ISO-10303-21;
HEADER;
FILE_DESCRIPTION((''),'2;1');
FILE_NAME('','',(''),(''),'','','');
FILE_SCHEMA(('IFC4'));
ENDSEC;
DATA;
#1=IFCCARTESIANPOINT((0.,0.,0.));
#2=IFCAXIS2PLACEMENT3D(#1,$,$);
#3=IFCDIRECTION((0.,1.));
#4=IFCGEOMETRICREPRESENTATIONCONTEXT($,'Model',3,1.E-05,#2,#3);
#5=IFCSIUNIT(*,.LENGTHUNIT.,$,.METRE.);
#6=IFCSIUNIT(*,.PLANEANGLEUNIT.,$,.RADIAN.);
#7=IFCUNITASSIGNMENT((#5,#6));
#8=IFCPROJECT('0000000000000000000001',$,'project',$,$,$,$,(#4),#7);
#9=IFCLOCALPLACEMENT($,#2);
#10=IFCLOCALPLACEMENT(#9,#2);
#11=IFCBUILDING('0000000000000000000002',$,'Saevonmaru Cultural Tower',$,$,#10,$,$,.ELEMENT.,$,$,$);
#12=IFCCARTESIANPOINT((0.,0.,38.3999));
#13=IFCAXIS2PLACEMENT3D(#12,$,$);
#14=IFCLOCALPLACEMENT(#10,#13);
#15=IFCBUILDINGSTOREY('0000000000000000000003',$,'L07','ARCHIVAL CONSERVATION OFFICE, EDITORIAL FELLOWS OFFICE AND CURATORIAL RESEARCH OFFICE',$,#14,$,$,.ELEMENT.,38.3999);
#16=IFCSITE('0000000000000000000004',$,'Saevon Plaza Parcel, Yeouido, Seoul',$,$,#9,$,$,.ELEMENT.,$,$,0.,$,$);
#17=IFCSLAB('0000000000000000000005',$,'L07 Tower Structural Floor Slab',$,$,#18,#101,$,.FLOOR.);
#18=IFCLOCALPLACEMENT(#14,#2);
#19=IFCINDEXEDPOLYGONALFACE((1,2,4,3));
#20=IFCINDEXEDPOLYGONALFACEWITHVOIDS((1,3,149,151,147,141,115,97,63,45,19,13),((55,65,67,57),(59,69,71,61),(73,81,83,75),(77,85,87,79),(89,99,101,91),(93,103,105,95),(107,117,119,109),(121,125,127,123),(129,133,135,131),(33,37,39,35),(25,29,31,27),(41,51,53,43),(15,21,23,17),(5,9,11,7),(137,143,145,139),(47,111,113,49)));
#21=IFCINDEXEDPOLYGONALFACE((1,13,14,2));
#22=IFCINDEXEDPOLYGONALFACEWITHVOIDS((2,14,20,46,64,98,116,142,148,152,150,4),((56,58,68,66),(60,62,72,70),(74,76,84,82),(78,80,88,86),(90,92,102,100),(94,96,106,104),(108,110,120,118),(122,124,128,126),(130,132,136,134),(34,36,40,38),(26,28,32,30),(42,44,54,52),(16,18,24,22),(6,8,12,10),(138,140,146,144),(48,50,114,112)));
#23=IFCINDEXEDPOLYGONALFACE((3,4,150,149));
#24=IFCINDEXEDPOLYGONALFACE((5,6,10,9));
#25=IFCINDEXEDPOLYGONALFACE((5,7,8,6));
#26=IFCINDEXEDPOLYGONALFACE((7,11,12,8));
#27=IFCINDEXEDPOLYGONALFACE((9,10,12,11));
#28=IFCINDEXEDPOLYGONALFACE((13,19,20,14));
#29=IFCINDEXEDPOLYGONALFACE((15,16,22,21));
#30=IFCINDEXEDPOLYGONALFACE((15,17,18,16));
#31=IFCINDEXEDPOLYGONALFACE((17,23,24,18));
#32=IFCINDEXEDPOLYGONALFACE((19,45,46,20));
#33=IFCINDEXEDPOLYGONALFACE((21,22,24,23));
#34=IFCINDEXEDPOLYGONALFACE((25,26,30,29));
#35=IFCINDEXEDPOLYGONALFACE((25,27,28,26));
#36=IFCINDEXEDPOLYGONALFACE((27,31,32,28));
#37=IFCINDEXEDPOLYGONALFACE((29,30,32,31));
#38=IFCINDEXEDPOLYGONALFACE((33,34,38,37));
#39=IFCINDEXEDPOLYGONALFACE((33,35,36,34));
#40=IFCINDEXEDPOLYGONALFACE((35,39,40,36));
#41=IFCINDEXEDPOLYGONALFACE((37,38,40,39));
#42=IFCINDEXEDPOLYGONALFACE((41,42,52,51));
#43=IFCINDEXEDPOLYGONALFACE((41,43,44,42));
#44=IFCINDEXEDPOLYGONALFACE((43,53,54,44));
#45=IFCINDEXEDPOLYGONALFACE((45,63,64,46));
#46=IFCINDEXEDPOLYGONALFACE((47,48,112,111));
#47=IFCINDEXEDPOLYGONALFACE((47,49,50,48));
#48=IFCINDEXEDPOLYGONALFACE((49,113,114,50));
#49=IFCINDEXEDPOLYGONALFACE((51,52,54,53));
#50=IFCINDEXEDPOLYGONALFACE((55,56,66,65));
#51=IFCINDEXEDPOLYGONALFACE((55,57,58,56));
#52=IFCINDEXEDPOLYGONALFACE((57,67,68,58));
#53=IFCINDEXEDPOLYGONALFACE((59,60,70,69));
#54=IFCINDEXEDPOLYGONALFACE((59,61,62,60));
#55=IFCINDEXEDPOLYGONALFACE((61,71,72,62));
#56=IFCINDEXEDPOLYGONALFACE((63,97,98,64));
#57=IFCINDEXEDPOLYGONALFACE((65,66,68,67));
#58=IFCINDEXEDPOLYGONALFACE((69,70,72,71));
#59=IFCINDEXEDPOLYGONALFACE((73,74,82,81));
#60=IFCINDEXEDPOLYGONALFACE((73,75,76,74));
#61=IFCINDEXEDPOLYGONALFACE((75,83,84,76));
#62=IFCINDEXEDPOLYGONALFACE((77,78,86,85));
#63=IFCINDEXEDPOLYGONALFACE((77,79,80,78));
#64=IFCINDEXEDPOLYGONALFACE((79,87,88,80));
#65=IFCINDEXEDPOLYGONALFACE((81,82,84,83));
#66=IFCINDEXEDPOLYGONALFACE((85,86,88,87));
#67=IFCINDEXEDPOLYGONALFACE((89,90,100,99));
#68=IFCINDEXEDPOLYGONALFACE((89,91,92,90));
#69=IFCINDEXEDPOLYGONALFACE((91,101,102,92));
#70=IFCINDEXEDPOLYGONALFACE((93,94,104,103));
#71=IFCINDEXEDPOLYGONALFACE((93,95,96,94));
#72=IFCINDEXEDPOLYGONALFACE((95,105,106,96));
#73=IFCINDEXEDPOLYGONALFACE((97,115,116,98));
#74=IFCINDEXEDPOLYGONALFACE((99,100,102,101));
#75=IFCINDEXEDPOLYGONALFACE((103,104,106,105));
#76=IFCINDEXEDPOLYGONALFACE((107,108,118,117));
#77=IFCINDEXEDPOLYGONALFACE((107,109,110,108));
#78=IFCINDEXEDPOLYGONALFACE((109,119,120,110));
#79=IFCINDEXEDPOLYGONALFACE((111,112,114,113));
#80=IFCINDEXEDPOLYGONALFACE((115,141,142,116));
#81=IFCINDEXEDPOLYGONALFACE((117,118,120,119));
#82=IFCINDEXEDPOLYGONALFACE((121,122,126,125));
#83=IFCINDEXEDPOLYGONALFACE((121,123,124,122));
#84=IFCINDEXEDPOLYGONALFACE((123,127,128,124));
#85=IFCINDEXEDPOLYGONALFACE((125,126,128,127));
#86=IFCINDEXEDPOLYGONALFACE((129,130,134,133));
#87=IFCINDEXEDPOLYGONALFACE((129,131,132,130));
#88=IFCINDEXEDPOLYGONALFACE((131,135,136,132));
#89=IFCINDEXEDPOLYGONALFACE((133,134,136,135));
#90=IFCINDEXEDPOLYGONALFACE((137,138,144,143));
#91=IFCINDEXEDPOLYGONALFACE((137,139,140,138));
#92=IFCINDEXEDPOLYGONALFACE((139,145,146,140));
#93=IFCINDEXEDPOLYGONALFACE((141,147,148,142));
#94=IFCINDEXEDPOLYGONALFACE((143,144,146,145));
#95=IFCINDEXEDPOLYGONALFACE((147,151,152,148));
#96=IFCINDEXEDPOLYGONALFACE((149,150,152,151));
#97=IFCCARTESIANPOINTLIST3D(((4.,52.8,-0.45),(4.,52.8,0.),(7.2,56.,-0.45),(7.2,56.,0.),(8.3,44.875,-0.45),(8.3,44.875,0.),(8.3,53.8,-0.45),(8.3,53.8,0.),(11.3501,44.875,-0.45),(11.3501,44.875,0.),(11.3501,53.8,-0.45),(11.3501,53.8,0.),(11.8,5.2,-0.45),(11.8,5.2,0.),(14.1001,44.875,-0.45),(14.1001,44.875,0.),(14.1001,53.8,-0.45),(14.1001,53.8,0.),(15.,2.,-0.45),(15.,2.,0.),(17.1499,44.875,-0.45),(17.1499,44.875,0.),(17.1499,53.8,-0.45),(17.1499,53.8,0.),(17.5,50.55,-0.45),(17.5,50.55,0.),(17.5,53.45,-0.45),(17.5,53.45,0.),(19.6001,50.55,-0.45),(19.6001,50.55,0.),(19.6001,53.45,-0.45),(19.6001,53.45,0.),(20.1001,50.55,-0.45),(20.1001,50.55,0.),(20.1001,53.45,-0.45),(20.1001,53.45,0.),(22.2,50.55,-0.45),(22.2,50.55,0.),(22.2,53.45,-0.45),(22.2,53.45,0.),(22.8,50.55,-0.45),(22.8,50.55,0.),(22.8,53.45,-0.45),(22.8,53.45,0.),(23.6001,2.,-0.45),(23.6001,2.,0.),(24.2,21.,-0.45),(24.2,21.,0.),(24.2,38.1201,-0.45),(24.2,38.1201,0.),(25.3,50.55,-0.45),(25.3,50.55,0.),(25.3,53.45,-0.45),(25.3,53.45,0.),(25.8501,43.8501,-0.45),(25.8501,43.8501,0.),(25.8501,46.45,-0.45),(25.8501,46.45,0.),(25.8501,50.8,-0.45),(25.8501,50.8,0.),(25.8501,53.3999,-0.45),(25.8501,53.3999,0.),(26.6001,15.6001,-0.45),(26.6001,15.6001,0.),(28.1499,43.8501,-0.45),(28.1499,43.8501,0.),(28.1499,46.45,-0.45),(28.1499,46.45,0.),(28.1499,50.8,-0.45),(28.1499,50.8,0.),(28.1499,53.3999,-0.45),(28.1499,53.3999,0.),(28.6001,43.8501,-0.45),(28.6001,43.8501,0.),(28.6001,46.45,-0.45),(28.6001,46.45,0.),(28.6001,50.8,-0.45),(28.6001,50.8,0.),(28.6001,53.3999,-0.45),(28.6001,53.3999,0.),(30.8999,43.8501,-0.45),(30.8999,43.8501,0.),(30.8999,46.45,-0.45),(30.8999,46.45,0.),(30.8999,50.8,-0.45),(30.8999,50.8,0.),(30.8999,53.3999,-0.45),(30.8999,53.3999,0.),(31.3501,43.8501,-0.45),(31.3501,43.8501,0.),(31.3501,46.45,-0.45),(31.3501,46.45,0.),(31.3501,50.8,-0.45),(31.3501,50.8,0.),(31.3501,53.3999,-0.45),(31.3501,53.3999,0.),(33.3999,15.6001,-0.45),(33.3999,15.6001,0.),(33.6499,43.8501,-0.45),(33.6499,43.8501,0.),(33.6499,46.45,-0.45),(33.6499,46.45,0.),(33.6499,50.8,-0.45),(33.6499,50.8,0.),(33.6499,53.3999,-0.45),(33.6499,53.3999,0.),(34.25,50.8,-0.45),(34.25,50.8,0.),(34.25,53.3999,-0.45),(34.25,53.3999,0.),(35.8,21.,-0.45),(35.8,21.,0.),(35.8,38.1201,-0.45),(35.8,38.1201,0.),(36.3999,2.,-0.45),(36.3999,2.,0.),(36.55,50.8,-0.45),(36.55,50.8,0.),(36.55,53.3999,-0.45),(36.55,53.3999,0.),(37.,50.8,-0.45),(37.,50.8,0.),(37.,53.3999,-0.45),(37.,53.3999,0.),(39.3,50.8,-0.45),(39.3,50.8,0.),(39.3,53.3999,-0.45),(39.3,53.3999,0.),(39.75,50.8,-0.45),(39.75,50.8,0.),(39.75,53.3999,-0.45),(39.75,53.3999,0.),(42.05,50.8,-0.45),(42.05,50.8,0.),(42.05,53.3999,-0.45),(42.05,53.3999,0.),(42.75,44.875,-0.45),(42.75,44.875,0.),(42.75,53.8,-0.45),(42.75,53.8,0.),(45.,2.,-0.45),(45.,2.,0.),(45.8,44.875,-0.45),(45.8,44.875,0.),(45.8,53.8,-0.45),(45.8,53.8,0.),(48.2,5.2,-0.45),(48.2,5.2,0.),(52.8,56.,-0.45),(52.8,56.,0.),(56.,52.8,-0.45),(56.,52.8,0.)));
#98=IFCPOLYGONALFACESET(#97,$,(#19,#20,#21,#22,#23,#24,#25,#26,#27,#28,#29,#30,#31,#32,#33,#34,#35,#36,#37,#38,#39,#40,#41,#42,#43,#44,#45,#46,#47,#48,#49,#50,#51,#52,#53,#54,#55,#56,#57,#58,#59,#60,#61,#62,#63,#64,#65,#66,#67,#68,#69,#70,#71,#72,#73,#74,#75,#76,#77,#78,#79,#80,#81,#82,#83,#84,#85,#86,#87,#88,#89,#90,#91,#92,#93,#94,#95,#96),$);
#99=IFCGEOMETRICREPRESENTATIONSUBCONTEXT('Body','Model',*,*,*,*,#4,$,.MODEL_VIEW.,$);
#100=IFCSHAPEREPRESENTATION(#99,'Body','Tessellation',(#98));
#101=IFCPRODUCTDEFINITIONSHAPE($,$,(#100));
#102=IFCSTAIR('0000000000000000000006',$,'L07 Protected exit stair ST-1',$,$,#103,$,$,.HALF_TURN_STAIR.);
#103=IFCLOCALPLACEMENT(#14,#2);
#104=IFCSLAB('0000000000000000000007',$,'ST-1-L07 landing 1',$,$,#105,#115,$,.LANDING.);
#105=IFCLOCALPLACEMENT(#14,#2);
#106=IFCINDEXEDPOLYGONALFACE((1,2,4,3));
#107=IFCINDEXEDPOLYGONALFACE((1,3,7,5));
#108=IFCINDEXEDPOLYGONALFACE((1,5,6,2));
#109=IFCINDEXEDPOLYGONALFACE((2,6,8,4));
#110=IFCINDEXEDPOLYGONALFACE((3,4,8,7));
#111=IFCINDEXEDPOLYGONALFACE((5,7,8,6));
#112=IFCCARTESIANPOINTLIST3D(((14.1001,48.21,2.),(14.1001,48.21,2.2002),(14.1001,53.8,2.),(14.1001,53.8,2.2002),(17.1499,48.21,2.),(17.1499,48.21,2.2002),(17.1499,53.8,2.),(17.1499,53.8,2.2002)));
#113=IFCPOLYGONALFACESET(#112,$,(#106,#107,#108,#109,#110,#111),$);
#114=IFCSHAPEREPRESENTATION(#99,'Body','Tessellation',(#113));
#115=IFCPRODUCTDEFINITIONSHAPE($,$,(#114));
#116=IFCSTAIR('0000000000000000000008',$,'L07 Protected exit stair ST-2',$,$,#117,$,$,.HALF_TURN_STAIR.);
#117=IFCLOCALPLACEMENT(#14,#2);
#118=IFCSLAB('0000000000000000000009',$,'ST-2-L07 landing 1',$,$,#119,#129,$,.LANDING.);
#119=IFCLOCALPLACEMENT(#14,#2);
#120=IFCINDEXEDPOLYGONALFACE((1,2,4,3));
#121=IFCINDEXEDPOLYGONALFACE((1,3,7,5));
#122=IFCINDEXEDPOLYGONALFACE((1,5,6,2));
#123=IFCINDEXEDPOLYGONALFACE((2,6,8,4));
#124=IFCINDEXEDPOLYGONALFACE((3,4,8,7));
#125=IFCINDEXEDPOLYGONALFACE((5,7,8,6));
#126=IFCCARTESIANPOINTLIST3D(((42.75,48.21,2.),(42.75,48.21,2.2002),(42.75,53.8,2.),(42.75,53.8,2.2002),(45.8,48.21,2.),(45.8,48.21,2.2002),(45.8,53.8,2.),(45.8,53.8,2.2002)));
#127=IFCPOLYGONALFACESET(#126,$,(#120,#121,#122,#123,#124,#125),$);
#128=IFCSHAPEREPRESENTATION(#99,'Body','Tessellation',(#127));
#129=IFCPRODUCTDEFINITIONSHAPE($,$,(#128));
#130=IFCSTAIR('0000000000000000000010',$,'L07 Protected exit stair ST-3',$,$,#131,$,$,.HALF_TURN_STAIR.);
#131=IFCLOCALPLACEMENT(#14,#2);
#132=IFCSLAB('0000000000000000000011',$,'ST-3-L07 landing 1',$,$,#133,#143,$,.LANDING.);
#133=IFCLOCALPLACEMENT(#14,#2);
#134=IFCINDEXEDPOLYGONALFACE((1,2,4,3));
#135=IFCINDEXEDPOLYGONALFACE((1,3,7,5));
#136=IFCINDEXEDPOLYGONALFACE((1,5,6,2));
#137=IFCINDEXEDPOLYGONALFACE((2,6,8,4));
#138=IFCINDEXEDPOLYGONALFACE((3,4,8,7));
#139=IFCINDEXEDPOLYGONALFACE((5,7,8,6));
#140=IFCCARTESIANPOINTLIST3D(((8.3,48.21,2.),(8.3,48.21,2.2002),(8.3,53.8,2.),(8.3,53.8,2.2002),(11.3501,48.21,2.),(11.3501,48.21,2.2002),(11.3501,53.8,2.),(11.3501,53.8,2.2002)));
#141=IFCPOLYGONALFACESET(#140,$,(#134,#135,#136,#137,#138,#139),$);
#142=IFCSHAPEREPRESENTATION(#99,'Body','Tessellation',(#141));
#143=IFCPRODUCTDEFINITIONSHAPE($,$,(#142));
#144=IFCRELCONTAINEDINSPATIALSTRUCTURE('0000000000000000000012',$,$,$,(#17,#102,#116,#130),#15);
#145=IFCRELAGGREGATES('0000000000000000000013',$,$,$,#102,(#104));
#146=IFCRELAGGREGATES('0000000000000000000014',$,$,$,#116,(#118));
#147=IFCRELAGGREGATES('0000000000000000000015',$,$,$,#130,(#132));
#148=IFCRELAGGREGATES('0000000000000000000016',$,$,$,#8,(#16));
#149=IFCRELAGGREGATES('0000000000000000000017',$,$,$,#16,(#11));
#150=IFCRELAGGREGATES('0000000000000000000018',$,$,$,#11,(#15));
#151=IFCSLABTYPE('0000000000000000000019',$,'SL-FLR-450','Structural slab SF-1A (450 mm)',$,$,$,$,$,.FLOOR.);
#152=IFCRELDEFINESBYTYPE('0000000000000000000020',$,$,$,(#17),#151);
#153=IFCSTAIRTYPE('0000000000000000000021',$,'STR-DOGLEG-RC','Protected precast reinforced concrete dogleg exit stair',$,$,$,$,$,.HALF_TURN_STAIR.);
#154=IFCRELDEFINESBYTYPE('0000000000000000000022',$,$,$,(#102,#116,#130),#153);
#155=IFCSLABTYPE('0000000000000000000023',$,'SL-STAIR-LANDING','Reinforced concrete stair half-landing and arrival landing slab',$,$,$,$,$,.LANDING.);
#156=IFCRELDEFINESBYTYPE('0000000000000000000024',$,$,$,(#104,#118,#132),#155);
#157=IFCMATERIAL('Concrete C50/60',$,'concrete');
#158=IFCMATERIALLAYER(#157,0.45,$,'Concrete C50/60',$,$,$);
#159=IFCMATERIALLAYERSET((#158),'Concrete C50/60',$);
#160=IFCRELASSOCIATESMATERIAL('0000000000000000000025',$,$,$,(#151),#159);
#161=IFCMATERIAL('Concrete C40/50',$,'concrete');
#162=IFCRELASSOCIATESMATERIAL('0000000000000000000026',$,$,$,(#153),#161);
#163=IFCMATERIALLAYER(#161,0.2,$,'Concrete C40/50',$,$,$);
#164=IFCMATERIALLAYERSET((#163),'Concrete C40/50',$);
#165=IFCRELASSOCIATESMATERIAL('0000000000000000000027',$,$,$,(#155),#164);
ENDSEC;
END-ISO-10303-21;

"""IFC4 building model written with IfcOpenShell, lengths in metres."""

from ifc_helpers import new_model, si_unit, direction, frame, origin, place, context, subcontext, project, spatial, polyline, outline, extrude, material, layer, layer_set, type_object, element, aggregate, save


model = new_model("IFC4")

# Units and contexts
model_context = context("Model", 3, precision=1e-05, world=origin(), true_north=direction((0.0, 1.0)))
body_context = subcontext(model_context, "Body", "Model", "MODEL_VIEW")
ifc_project = project(units=[si_unit("LENGTHUNIT", "METRE"), si_unit("PLANEANGLEUNIT", "RADIAN")], contexts=[model_context])

# Site, building, storey
site_placement = place(None, origin())
site = spatial("IfcSite", under=ifc_project, at=site_placement, Name="Saevon Plaza Parcel, Yeouido, Seoul", CompositionType="ELEMENT", RefElevation=0.0)
building_placement = place(site_placement, origin())
building = spatial("IfcBuilding", under=site, at=building_placement, Name="Saevonmaru Cultural Tower", CompositionType="ELEMENT")
storey_placement = place(building_placement, frame((0.0, 0.0, 38.3999)))
storey = spatial("IfcBuildingStorey", under=building, at=storey_placement, Name="L07", Description="ARCHIVAL CONSERVATION OFFICE, EDITORIAL FELLOWS OFFICE AND CURATORIAL RESEARCH OFFICE", CompositionType="ELEMENT", Elevation=38.3999)

# Slab
ifc_material_1 = material(Name="Concrete C50/60", Category="concrete")
ifc_layer_1 = layer(ifc_material_1, 0.45, Name="Concrete C50/60")
ifc_layer_set_1 = layer_set([ifc_layer_1], Name="Concrete C50/60")
slab_type_1 = type_object("IfcSlabType", Name="SL-FLR-450", Description="Structural slab SF-1A (450 mm)", PredefinedType="FLOOR", material=ifc_layer_set_1)
slab_1_placement = place(storey_placement, frame((0.0, 0.0, -0.45)))
element("IfcSlab", 1, at=slab_1_placement, inside=storey, type_object=slab_type_1, Name="L07 Tower Structural Floor Slab", PredefinedType="FLOOR", context=body_context, shape_type="SweptSolid", body=[
    extrude(outline(polyline([(11.8, 5.2), (15.0, 2.0), (23.6001, 2.0), (26.6001, 15.6001), (33.3999, 15.6001), (36.3999, 2.0), (45.0, 2.0), (48.2, 5.2), (56.0, 52.8), (52.8, 56.0), (7.2, 56.0), (4.0, 52.8), (11.8, 5.2)]), holes=[polyline([(45.8, 44.875), (42.75, 44.875), (42.75, 53.8), (45.8, 53.8), (45.8, 44.875)]), polyline([(39.75, 50.8), (39.75, 53.3999), (42.05, 53.3999), (42.05, 50.8), (39.75, 50.8)]), polyline([(37.0, 50.8), (37.0, 53.3999), (39.3, 53.3999), (39.3, 50.8), (37.0, 50.8)]), polyline([(34.25, 50.8), (34.25, 53.3999), (36.55, 53.3999), (36.55, 50.8), (34.25, 50.8)]), polyline([(24.2, 21.0), (24.2, 38.1201), (35.8, 38.1201), (35.8, 21.0), (24.2, 21.0)]), polyline([(31.3501, 50.8), (31.3501, 53.3999), (33.6499, 53.3999), (33.6499, 50.8), (31.3501, 50.8)]), polyline([(31.3501, 43.8501), (31.3501, 46.45), (33.6499, 46.45), (33.6499, 43.8501), (31.3501, 43.8501)]), polyline([(28.6001, 43.8501), (28.6001, 46.45), (30.8999, 46.45), (30.8999, 43.8501), (28.6001, 43.8501)]), polyline([(28.6001, 50.8), (28.6001, 53.3999), (30.8999, 53.3999), (30.8999, 50.8), (28.6001, 50.8)]), polyline([(25.8501, 50.8), (25.8501, 53.3999), (28.1499, 53.3999), (28.1499, 50.8), (25.8501, 50.8)]), polyline([(25.8501, 43.8501), (25.8501, 46.45), (28.1499, 46.45), (28.1499, 43.8501), (25.8501, 43.8501)]), polyline([(22.8, 50.55), (22.8, 53.45), (25.3, 53.45), (25.3, 50.55), (22.8, 50.55)]), polyline([(20.1001, 50.55), (20.1001, 53.45), (22.2, 53.45), (22.2, 50.55), (20.1001, 50.55)]), polyline([(17.5, 50.55), (17.5, 53.45), (19.6001, 53.45), (19.6001, 50.55), (17.5, 50.55)]), polyline([(17.1499, 44.875), (14.1001, 44.875), (14.1001, 53.8), (17.1499, 53.8), (17.1499, 44.875)]), polyline([(11.3501, 44.875), (8.3, 44.875), (8.3, 53.8), (11.3501, 53.8), (11.3501, 44.875)])]), origin(), (0.0, 0.0, 1.0), 0.45),
])

# Stairs, slabs
ifc_material_2 = material(Name="Concrete C40/50", Category="concrete")
stair_type = type_object("IfcStairType", Name="STR-DOGLEG-RC", Description="Protected precast reinforced concrete dogleg exit stair", PredefinedType="HALF_TURN_STAIR", material=ifc_material_2)
stair_1_placement = place(storey_placement, origin())
stair_1 = element("IfcStair", 2, at=stair_1_placement, inside=storey, type_object=stair_type, Name="L07 Protected exit stair ST-1", PredefinedType="HALF_TURN_STAIR")
ifc_layer_2 = layer(ifc_material_2, 0.2, Name="Concrete C40/50")
ifc_layer_set_2 = layer_set([ifc_layer_2], Name="Concrete C40/50")
slab_type_2 = type_object("IfcSlabType", Name="SL-STAIR-LANDING", Description="Reinforced concrete stair half-landing and arrival landing slab", PredefinedType="LANDING", material=ifc_layer_set_2)
slab_2_placement = place(storey_placement, frame((0.0, 0.0, 2.0)))
slab_2 = element("IfcSlab", 3, at=slab_2_placement, type_object=slab_type_2, Name="ST-1-L07 landing 1", PredefinedType="LANDING", context=body_context, shape_type="SweptSolid", body=[
    extrude(outline(polyline([(17.1499, 48.21), (17.1499, 53.8), (14.1001, 53.8), (14.1001, 48.21), (17.1499, 48.21)])), origin(), (0.0, 0.0, 1.0), 0.2002),
])
aggregate(stair_1, [slab_2])
stair_2_placement = place(storey_placement, origin())
stair_2 = element("IfcStair", 4, at=stair_2_placement, inside=storey, type_object=stair_type, Name="L07 Protected exit stair ST-2", PredefinedType="HALF_TURN_STAIR")
slab_3_placement = place(storey_placement, frame((0.0, 0.0, 2.0)))
slab_3 = element("IfcSlab", 5, at=slab_3_placement, type_object=slab_type_2, Name="ST-2-L07 landing 1", PredefinedType="LANDING", context=body_context, shape_type="SweptSolid", body=[
    extrude(outline(polyline([(45.8, 48.21), (45.8, 53.8), (42.75, 53.8), (42.75, 48.21), (45.8, 48.21)])), origin(), (0.0, 0.0, 1.0), 0.2002),
])
aggregate(stair_2, [slab_3])
stair_3_placement = place(storey_placement, origin())
stair_3 = element("IfcStair", 6, at=stair_3_placement, inside=storey, type_object=stair_type, Name="L07 Protected exit stair ST-3", PredefinedType="HALF_TURN_STAIR")
slab_4_placement = place(storey_placement, frame((0.0, 0.0, 2.0)))
slab_4 = element("IfcSlab", 7, at=slab_4_placement, type_object=slab_type_2, Name="ST-3-L07 landing 1", PredefinedType="LANDING", context=body_context, shape_type="SweptSolid", body=[
    extrude(outline(polyline([(11.3501, 48.21), (11.3501, 53.8), (8.3, 53.8), (8.3, 48.21), (11.3501, 48.21)])), origin(), (0.0, 0.0, 1.0), 0.2002),
])
aggregate(stair_3, [slab_4])

save(model, "model.ifc")
